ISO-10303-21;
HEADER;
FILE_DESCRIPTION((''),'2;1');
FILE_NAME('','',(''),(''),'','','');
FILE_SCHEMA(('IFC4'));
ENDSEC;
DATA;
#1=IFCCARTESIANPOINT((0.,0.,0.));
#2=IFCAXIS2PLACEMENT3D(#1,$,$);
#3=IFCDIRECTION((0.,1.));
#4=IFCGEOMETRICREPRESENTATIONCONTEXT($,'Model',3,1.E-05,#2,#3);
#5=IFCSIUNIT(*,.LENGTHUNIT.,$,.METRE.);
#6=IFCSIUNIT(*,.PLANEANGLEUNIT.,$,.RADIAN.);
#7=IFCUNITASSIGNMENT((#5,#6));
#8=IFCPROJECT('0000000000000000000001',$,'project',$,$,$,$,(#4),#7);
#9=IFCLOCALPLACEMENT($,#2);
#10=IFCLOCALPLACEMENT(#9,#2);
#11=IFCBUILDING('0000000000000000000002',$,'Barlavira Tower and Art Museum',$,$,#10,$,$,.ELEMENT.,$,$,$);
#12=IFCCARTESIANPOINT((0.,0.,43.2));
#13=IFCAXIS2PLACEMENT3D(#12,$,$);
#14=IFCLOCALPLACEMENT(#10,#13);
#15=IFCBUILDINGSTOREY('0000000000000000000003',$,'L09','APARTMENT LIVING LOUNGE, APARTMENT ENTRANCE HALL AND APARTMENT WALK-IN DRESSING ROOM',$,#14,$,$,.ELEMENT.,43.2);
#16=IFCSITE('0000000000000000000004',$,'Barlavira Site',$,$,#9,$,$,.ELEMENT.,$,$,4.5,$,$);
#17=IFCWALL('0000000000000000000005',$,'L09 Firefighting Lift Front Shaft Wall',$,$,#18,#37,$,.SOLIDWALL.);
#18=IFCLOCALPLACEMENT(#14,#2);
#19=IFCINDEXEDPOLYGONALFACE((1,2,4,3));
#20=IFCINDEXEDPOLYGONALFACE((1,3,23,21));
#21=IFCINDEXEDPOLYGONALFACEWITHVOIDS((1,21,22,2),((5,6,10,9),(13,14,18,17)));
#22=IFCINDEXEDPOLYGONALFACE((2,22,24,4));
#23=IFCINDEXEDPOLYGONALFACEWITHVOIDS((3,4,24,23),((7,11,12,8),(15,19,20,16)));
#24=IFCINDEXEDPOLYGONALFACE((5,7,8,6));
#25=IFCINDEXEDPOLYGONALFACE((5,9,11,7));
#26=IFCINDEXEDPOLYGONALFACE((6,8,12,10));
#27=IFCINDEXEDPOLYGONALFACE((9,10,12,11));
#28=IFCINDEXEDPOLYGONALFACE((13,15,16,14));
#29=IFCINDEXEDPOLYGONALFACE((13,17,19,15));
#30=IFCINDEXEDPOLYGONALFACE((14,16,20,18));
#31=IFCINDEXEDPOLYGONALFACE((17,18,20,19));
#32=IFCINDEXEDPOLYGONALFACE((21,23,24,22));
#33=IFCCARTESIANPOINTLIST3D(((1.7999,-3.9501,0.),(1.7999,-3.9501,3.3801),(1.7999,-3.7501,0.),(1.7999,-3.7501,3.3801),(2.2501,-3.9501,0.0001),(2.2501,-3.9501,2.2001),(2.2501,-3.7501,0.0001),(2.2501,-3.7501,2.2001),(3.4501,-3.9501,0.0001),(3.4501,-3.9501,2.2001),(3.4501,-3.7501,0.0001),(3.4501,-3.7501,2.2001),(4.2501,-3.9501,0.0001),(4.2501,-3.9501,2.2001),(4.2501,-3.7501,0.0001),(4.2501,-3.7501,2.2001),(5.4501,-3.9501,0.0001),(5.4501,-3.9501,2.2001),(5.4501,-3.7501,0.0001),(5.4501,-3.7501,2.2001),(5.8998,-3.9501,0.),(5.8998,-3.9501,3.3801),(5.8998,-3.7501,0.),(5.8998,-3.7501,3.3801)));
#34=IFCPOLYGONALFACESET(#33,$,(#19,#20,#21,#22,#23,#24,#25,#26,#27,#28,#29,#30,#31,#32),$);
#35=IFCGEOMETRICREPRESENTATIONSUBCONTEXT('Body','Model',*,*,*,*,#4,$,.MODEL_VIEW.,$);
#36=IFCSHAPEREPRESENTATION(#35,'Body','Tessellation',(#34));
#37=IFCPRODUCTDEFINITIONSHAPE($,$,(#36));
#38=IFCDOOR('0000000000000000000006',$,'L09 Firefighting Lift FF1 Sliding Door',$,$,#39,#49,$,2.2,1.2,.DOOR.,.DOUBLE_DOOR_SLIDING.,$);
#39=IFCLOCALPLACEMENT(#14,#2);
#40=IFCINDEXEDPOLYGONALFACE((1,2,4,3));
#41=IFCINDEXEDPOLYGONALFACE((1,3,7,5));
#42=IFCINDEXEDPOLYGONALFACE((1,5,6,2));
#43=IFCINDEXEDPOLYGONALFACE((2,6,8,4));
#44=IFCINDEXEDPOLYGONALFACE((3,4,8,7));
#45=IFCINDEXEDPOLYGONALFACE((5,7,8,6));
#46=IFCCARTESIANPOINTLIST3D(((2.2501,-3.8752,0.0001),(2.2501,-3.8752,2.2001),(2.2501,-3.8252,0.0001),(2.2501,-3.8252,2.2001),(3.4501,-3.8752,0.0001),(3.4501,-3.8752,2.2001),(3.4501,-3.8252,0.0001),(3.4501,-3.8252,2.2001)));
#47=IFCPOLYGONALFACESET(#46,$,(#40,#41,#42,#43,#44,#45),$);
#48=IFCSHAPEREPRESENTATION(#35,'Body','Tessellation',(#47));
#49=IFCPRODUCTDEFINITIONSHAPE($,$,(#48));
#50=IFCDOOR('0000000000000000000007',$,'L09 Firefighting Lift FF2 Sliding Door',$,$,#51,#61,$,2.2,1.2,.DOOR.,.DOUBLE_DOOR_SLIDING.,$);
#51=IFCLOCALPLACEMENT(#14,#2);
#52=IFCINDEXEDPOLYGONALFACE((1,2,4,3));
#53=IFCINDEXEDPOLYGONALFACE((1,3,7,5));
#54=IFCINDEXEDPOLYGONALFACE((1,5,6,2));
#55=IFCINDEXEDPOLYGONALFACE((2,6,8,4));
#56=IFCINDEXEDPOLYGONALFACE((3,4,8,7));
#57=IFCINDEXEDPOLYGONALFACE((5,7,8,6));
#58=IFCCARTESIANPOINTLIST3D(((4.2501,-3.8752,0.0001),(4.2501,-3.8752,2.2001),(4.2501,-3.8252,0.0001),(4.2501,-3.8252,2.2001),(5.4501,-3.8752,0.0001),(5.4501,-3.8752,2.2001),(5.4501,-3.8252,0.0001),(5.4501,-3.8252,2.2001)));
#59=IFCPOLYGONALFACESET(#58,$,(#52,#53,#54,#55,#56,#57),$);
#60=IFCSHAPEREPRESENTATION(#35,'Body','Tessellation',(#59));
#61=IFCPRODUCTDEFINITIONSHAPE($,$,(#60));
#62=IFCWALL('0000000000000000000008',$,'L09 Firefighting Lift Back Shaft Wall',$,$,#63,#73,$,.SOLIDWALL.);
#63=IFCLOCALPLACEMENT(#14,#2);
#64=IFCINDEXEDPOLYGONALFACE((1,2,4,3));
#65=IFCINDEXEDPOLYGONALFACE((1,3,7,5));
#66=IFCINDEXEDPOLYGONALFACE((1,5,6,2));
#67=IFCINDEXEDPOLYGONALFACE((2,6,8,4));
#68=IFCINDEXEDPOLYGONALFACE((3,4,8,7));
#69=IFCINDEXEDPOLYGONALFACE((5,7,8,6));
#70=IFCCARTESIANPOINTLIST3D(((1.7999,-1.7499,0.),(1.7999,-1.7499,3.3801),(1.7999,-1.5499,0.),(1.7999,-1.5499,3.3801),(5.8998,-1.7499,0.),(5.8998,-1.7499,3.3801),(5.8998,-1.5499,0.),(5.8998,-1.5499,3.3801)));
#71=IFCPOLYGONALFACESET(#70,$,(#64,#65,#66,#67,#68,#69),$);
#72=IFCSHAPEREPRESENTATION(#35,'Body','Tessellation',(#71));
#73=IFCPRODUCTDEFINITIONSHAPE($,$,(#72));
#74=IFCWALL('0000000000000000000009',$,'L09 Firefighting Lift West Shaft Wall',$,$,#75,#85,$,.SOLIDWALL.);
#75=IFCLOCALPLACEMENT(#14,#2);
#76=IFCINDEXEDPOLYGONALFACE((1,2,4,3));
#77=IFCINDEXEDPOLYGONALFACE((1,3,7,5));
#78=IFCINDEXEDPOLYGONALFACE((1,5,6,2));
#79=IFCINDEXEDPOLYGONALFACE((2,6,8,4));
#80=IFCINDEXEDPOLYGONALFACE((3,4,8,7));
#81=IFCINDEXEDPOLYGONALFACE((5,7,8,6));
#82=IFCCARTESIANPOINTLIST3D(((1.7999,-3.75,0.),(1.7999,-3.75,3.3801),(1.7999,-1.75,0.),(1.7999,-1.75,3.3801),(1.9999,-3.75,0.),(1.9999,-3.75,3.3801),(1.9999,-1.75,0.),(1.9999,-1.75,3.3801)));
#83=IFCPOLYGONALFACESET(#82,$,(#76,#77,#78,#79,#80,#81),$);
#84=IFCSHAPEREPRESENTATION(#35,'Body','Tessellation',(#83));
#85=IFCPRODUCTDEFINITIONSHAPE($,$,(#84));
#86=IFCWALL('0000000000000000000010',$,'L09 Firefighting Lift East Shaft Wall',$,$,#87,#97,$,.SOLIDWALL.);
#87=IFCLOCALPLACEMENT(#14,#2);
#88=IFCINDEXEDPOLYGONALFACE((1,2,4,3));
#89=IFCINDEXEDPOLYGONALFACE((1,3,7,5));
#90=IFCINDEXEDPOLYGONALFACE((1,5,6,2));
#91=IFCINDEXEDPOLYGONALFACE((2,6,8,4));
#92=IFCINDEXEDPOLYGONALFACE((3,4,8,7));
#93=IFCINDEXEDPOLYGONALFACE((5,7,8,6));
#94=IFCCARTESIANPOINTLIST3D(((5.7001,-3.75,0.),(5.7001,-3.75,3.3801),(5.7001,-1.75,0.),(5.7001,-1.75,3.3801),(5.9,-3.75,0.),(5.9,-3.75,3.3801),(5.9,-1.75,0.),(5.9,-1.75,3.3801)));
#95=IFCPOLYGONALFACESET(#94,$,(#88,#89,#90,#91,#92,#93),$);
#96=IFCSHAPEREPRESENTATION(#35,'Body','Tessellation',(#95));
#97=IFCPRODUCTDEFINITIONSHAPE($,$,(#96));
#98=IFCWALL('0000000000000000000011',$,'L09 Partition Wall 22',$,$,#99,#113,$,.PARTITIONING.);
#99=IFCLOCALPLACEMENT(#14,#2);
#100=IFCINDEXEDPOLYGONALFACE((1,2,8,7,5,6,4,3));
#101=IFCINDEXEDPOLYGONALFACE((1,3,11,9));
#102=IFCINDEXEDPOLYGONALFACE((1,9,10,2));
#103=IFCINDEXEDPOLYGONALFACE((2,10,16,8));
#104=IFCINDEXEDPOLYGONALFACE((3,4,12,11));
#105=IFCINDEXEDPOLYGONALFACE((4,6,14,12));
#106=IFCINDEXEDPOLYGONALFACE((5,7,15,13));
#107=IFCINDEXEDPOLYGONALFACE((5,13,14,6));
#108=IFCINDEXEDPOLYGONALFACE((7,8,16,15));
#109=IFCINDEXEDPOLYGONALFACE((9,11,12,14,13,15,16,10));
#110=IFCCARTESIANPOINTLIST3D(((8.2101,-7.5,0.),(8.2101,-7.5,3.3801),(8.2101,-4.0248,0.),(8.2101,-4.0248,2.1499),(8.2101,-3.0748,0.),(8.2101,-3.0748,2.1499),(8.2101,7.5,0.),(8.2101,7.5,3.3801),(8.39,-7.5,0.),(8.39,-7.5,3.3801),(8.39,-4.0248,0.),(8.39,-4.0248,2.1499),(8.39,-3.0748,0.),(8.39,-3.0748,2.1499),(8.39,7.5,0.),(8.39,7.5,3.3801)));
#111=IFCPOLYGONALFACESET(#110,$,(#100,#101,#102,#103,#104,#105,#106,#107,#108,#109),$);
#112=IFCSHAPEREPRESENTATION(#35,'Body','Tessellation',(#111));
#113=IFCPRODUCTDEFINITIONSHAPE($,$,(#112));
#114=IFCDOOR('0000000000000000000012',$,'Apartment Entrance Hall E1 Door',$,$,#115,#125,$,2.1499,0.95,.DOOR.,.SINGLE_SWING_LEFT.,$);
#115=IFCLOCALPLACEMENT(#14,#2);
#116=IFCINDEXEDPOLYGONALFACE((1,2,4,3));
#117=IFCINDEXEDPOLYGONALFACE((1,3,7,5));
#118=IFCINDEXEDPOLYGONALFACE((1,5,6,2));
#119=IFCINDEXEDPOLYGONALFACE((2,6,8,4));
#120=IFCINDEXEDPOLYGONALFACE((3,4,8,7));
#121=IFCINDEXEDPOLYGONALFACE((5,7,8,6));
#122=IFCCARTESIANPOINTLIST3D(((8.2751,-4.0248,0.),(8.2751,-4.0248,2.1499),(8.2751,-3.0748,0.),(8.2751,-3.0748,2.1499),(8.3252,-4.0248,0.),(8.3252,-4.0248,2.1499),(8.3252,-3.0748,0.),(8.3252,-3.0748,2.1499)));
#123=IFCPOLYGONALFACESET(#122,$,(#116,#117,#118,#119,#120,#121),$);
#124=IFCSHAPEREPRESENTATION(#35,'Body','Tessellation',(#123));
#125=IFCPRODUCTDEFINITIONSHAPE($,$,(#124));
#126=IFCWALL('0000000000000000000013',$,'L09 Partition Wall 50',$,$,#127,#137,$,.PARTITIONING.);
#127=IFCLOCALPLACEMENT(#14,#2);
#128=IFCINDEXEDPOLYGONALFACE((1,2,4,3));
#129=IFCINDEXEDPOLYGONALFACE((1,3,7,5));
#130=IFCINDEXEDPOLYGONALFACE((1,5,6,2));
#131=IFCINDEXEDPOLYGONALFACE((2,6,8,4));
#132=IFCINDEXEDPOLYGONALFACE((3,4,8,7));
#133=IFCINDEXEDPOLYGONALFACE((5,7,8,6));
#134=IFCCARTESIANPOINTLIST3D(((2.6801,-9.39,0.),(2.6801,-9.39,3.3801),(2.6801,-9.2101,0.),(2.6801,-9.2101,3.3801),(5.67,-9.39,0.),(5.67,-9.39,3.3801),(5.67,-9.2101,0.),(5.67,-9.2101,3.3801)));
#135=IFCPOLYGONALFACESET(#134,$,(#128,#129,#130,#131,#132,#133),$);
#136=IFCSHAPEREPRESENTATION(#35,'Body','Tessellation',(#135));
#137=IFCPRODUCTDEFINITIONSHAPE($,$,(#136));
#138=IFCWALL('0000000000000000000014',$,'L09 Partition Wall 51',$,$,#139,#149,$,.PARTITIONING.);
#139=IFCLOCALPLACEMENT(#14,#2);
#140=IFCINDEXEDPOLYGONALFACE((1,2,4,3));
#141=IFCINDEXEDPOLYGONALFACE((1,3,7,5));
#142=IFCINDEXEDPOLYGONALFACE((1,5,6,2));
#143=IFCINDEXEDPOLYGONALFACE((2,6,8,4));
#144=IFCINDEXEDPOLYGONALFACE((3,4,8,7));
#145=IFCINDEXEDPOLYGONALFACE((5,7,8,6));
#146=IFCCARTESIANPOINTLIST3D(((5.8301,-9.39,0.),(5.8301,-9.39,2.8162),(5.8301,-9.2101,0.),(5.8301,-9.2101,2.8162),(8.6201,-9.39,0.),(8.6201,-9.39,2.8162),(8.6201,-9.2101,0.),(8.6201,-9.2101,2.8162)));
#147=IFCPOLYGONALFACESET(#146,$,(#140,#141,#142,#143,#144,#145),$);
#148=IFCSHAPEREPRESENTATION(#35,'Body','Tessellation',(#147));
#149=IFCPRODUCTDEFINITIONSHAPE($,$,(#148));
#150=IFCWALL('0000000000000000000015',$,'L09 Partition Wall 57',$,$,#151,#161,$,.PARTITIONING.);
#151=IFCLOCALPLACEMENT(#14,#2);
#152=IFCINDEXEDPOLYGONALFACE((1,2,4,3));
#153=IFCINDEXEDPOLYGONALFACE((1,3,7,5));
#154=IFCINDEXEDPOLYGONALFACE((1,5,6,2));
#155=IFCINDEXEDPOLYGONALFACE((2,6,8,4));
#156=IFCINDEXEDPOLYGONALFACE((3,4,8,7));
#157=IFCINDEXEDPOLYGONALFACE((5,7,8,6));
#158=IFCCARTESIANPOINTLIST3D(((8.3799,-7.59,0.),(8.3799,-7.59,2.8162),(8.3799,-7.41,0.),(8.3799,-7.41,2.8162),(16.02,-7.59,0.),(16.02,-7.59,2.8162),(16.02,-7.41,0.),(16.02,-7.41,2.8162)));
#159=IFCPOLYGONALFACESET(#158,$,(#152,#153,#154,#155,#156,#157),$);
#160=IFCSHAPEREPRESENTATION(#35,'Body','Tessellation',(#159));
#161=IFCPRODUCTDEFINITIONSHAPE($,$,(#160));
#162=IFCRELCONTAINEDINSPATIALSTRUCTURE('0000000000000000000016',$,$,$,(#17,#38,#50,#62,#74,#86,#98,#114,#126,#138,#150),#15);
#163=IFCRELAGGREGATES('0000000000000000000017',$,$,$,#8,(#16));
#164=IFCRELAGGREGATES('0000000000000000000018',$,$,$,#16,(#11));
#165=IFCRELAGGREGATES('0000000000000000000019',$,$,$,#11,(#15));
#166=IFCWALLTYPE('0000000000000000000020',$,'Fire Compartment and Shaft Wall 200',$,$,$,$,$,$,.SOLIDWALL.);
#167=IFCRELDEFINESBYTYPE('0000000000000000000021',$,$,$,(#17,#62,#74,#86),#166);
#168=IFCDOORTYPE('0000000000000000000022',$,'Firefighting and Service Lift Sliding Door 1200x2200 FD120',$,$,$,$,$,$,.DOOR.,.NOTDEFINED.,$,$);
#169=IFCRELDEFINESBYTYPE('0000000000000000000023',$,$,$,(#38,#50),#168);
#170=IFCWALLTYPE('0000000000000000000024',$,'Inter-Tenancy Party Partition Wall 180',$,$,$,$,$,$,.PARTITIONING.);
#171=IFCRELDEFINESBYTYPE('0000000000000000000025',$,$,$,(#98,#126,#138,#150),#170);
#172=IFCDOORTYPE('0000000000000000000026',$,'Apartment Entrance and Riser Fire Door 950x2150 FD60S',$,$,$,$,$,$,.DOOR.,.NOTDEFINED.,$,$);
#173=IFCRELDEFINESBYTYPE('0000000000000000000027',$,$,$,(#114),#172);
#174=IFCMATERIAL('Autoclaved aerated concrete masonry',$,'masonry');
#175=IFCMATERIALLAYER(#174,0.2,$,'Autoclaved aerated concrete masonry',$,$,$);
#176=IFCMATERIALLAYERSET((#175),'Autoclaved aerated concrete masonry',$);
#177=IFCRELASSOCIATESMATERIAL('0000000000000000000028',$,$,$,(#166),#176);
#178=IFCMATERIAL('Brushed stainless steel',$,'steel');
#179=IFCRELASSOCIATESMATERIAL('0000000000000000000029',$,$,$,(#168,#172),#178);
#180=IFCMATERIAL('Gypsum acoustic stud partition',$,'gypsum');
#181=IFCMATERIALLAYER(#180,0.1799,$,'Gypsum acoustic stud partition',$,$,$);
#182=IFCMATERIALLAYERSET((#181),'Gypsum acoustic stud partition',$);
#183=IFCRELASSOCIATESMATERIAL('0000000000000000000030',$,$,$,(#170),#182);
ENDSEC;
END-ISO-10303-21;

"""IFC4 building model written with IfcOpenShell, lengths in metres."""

from ifc_helpers import new_model, si_unit, direction, frame, frame_2d, origin, place, context, subcontext, project, spatial, rectangle, extrude, material, layer, layer_set, type_object, element, fill, save


model = new_model("IFC4")

# Units and contexts
model_context = context("Model", 3, precision=1e-05, world=origin(), true_north=direction((0.0, 1.0)))
body_context = subcontext(model_context, "Body", "Model", "MODEL_VIEW")
ifc_project = project(units=[si_unit("LENGTHUNIT", "METRE"), si_unit("PLANEANGLEUNIT", "RADIAN")], contexts=[model_context])

# Site, building, storey
site_placement = place(None, origin())
site = spatial("IfcSite", under=ifc_project, at=site_placement, Name="Barlavira Site", CompositionType="ELEMENT", RefElevation=4.5)
building_placement = place(site_placement, origin())
building = spatial("IfcBuilding", under=site, at=building_placement, Name="Barlavira Tower and Art Museum", CompositionType="ELEMENT")
storey_placement = place(building_placement, frame((0.0, 0.0, 43.2)))
storey = spatial("IfcBuildingStorey", under=building, at=storey_placement, Name="L09", Description="APARTMENT LIVING LOUNGE, APARTMENT ENTRANCE HALL AND APARTMENT WALK-IN DRESSING ROOM", CompositionType="ELEMENT", Elevation=43.2)

# Shared definitions
ifc_material_1 = material(Name="Gypsum acoustic stud partition", Category="gypsum")

# Shared definitions
ifc_material_2 = material(Name="Brushed stainless steel", Category="steel")

# Wall, openings, doors
ifc_material_3 = material(Name="Autoclaved aerated concrete masonry", Category="masonry")
ifc_layer_1 = layer(ifc_material_3, 0.2, Name="Autoclaved aerated concrete masonry")
ifc_layer_set_1 = layer_set([ifc_layer_1], Name="Autoclaved aerated concrete masonry")
wall_type_1 = type_object("IfcWallType", Name="Fire Compartment and Shaft Wall 200", PredefinedType="SOLIDWALL", material=ifc_layer_set_1)
wall_1_placement = place(storey_placement, frame((1.8, -3.8501, 0.0), z_axis=(0.0, 0.0, 1.0), x_axis=(1.0, 0.0, 0.0)))
wall_1 = element("IfcWall", 1, at=wall_1_placement, inside=storey, type_object=wall_type_1, Name="L09 Firefighting Lift Front Shaft Wall", PredefinedType="SOLIDWALL", context=body_context, shape_type="SweptSolid", body=[
    extrude(rectangle(XDim=4.0999, YDim=0.2, at=frame_2d((2.0498, 0.0))), origin(), (0.0, 0.0, 1.0), 3.3801),
])
opening_1_placement = place(wall_1_placement, frame((0.45, 0.0, 0.0)))
opening_1 = element("IfcOpeningElement", 2, at=opening_1_placement, cuts=wall_1, PredefinedType="OPENING", context=body_context, shape_type="SweptSolid", body=[
    extrude(rectangle(XDim=1.2, YDim=2.2, at=frame_2d((0.6001, 1.1001))), frame((0.0, 0.1099, 0.0), z_axis=(0.0, -1.0, 0.0), x_axis=(1.0, 0.0, 0.0)), (0.0, 0.0, 1.0), 0.22),
])
opening_2_placement = place(wall_1_placement, frame((2.45, 0.0, 0.0)))
opening_2 = element("IfcOpeningElement", 3, at=opening_2_placement, cuts=wall_1, PredefinedType="OPENING", context=body_context, shape_type="SweptSolid", body=[
    extrude(rectangle(XDim=1.2, YDim=2.2, at=frame_2d((0.6001, 1.1001))), frame((0.0, 0.1099, 0.0), z_axis=(0.0, -1.0, 0.0), x_axis=(1.0, 0.0, 0.0)), (0.0, 0.0, 1.0), 0.22),
])
door_type_1 = type_object("IfcDoorType", Name="Firefighting and Service Lift Sliding Door 1200x2200 FD120", OperationType="NOTDEFINED", PredefinedType="DOOR", material=ifc_material_2)
door_1_placement = place(opening_1_placement, origin())
door_1 = element("IfcDoor", 4, at=door_1_placement, inside=storey, type_object=door_type_1, Name="L09 Firefighting Lift FF1 Sliding Door", OperationType="DOUBLE_DOOR_SLIDING", OverallHeight=2.2, OverallWidth=1.2, PredefinedType="DOOR", context=body_context, shape_type="SweptSolid", body=[
    extrude(rectangle(XDim=1.2, YDim=2.2, at=frame_2d((0.6001, 1.1001))), frame((0.0, 0.0249, 0.0), z_axis=(0.0, -1.0, 0.0), x_axis=(1.0, 0.0, 0.0)), (0.0, 0.0, 1.0), 0.05),
])
fill(opening_1, door_1)
door_2_placement = place(opening_2_placement, origin())
door_2 = element("IfcDoor", 5, at=door_2_placement, inside=storey, type_object=door_type_1, Name="L09 Firefighting Lift FF2 Sliding Door", OperationType="DOUBLE_DOOR_SLIDING", OverallHeight=2.2, OverallWidth=1.2, PredefinedType="DOOR", context=body_context, shape_type="SweptSolid", body=[
    extrude(rectangle(XDim=1.2, YDim=2.2, at=frame_2d((0.6001, 1.1001))), frame((0.0, 0.0249, 0.0), z_axis=(0.0, -1.0, 0.0), x_axis=(1.0, 0.0, 0.0)), (0.0, 0.0, 1.0), 0.05),
])
fill(opening_2, door_2)

# Walls
wall_2_placement = place(storey_placement, frame((1.8, -1.6499, 0.0), z_axis=(0.0, 0.0, 1.0), x_axis=(1.0, 0.0, 0.0)))
element("IfcWall", 6, at=wall_2_placement, inside=storey, type_object=wall_type_1, Name="L09 Firefighting Lift Back Shaft Wall", PredefinedType="SOLIDWALL", context=body_context, shape_type="SweptSolid", body=[
    extrude(rectangle(XDim=4.0999, YDim=0.2, at=frame_2d((2.0498, 0.0))), origin(), (0.0, 0.0, 1.0), 3.3801),
])
for number, where, z_axis, x_axis, name in (
    (7, (1.8999, -3.75, 0.0), (0.0, 0.0, 1.0), (0.0, 1.0, 0.0), "L09 Firefighting Lift West Shaft Wall"),
    (8, (5.8, -3.75, 0.0), (0.0, 0.0, 1.0), (0.0, 1.0, 0.0), "L09 Firefighting Lift East Shaft Wall"),
):
    element("IfcWall", number, at=place(storey_placement, frame(where, z_axis=z_axis, x_axis=x_axis)), inside=storey, type_object=wall_type_1, Name=name, PredefinedType="SOLIDWALL", context=body_context, shape_type="SweptSolid", body=[
        extrude(rectangle(XDim=2.0, YDim=0.2, at=frame_2d((1.0, 0.0))), origin(), (0.0, 0.0, 1.0), 3.3801),
    ])

# Wall, opening, door
ifc_layer_2 = layer(ifc_material_1, 0.1799, Name="Gypsum acoustic stud partition")
ifc_layer_set_2 = layer_set([ifc_layer_2], Name="Gypsum acoustic stud partition")
wall_type_2 = type_object("IfcWallType", Name="Inter-Tenancy Party Partition Wall 180", PredefinedType="PARTITIONING", material=ifc_layer_set_2)
wall_3_placement = place(storey_placement, frame((8.3, -7.5, 0.0), z_axis=(0.0, 0.0, 1.0), x_axis=(0.0, 1.0, 0.0)))
wall_3 = element("IfcWall", 9, at=wall_3_placement, inside=storey, type_object=wall_type_2, Name="L09 Partition Wall 22", PredefinedType="PARTITIONING", context=body_context, shape_type="SweptSolid", body=[
    extrude(rectangle(XDim=15.0, YDim=0.1799, at=frame_2d((7.5, 0.0))), origin(), (0.0, 0.0, 1.0), 3.3801),
])
opening_3_placement = place(wall_3_placement, frame((3.4751, 0.0, 0.0)))
opening_3 = element("IfcOpeningElement", 10, at=opening_3_placement, cuts=wall_3, PredefinedType="OPENING", context=body_context, shape_type="SweptSolid", body=[
    extrude(rectangle(XDim=0.95, YDim=2.1499, at=frame_2d((0.4751, 1.075))), frame((0.0, 0.1001, 0.0), z_axis=(0.0, -1.0, 0.0), x_axis=(1.0, 0.0, 0.0)), (0.0, 0.0, 1.0), 0.2),
])
door_type_2 = type_object("IfcDoorType", Name="Apartment Entrance and Riser Fire Door 950x2150 FD60S", OperationType="NOTDEFINED", PredefinedType="DOOR", material=ifc_material_2)
door_3_placement = place(opening_3_placement, origin())
door_3 = element("IfcDoor", 11, at=door_3_placement, inside=storey, type_object=door_type_2, Name="Apartment Entrance Hall E1 Door", OperationType="SINGLE_SWING_LEFT", OverallHeight=2.1499, OverallWidth=0.95, PredefinedType="DOOR", context=body_context, shape_type="SweptSolid", body=[
    extrude(rectangle(XDim=0.95, YDim=2.1499, at=frame_2d((0.4751, 1.075))), frame((0.0, 0.0249, 0.0), z_axis=(0.0, -1.0, 0.0), x_axis=(1.0, 0.0, 0.0)), (0.0, 0.0, 1.0), 0.05),
])
fill(opening_3, door_3)

# Walls
wall_4_placement = place(storey_placement, frame((2.6799, -9.3, 0.0), z_axis=(0.0, 0.0, 1.0), x_axis=(1.0, 0.0, 0.0)))
element("IfcWall", 12, at=wall_4_placement, inside=storey, type_object=wall_type_2, Name="L09 Partition Wall 50", PredefinedType="PARTITIONING", context=body_context, shape_type="SweptSolid", body=[
    extrude(rectangle(XDim=2.99, YDim=0.1799, at=frame_2d((1.4951, 0.0))), origin(), (0.0, 0.0, 1.0), 3.3801),
])
wall_5_placement = place(storey_placement, frame((5.8301, -9.3, 0.0), z_axis=(0.0, 0.0, 1.0), x_axis=(1.0, 0.0, 0.0)))
element("IfcWall", 13, at=wall_5_placement, inside=storey, type_object=wall_type_2, Name="L09 Partition Wall 51", PredefinedType="PARTITIONING", context=body_context, shape_type="SweptSolid", body=[
    extrude(rectangle(XDim=2.79, YDim=0.1799, at=frame_2d((1.395, 0.0))), origin(), (0.0, 0.0, 1.0), 2.8162),
])
wall_6_placement = place(storey_placement, frame((8.3799, -7.5, 0.0), z_axis=(0.0, 0.0, 1.0), x_axis=(1.0, 0.0, 0.0)))
element("IfcWall", 14, at=wall_6_placement, inside=storey, type_object=wall_type_2, Name="L09 Partition Wall 57", PredefinedType="PARTITIONING", context=body_context, shape_type="SweptSolid", body=[
    extrude(rectangle(XDim=7.6401, YDim=0.1799, at=frame_2d((3.8201, 0.0))), origin(), (0.0, 0.0, 1.0), 2.8162),
])

save(model, "model.ifc")
